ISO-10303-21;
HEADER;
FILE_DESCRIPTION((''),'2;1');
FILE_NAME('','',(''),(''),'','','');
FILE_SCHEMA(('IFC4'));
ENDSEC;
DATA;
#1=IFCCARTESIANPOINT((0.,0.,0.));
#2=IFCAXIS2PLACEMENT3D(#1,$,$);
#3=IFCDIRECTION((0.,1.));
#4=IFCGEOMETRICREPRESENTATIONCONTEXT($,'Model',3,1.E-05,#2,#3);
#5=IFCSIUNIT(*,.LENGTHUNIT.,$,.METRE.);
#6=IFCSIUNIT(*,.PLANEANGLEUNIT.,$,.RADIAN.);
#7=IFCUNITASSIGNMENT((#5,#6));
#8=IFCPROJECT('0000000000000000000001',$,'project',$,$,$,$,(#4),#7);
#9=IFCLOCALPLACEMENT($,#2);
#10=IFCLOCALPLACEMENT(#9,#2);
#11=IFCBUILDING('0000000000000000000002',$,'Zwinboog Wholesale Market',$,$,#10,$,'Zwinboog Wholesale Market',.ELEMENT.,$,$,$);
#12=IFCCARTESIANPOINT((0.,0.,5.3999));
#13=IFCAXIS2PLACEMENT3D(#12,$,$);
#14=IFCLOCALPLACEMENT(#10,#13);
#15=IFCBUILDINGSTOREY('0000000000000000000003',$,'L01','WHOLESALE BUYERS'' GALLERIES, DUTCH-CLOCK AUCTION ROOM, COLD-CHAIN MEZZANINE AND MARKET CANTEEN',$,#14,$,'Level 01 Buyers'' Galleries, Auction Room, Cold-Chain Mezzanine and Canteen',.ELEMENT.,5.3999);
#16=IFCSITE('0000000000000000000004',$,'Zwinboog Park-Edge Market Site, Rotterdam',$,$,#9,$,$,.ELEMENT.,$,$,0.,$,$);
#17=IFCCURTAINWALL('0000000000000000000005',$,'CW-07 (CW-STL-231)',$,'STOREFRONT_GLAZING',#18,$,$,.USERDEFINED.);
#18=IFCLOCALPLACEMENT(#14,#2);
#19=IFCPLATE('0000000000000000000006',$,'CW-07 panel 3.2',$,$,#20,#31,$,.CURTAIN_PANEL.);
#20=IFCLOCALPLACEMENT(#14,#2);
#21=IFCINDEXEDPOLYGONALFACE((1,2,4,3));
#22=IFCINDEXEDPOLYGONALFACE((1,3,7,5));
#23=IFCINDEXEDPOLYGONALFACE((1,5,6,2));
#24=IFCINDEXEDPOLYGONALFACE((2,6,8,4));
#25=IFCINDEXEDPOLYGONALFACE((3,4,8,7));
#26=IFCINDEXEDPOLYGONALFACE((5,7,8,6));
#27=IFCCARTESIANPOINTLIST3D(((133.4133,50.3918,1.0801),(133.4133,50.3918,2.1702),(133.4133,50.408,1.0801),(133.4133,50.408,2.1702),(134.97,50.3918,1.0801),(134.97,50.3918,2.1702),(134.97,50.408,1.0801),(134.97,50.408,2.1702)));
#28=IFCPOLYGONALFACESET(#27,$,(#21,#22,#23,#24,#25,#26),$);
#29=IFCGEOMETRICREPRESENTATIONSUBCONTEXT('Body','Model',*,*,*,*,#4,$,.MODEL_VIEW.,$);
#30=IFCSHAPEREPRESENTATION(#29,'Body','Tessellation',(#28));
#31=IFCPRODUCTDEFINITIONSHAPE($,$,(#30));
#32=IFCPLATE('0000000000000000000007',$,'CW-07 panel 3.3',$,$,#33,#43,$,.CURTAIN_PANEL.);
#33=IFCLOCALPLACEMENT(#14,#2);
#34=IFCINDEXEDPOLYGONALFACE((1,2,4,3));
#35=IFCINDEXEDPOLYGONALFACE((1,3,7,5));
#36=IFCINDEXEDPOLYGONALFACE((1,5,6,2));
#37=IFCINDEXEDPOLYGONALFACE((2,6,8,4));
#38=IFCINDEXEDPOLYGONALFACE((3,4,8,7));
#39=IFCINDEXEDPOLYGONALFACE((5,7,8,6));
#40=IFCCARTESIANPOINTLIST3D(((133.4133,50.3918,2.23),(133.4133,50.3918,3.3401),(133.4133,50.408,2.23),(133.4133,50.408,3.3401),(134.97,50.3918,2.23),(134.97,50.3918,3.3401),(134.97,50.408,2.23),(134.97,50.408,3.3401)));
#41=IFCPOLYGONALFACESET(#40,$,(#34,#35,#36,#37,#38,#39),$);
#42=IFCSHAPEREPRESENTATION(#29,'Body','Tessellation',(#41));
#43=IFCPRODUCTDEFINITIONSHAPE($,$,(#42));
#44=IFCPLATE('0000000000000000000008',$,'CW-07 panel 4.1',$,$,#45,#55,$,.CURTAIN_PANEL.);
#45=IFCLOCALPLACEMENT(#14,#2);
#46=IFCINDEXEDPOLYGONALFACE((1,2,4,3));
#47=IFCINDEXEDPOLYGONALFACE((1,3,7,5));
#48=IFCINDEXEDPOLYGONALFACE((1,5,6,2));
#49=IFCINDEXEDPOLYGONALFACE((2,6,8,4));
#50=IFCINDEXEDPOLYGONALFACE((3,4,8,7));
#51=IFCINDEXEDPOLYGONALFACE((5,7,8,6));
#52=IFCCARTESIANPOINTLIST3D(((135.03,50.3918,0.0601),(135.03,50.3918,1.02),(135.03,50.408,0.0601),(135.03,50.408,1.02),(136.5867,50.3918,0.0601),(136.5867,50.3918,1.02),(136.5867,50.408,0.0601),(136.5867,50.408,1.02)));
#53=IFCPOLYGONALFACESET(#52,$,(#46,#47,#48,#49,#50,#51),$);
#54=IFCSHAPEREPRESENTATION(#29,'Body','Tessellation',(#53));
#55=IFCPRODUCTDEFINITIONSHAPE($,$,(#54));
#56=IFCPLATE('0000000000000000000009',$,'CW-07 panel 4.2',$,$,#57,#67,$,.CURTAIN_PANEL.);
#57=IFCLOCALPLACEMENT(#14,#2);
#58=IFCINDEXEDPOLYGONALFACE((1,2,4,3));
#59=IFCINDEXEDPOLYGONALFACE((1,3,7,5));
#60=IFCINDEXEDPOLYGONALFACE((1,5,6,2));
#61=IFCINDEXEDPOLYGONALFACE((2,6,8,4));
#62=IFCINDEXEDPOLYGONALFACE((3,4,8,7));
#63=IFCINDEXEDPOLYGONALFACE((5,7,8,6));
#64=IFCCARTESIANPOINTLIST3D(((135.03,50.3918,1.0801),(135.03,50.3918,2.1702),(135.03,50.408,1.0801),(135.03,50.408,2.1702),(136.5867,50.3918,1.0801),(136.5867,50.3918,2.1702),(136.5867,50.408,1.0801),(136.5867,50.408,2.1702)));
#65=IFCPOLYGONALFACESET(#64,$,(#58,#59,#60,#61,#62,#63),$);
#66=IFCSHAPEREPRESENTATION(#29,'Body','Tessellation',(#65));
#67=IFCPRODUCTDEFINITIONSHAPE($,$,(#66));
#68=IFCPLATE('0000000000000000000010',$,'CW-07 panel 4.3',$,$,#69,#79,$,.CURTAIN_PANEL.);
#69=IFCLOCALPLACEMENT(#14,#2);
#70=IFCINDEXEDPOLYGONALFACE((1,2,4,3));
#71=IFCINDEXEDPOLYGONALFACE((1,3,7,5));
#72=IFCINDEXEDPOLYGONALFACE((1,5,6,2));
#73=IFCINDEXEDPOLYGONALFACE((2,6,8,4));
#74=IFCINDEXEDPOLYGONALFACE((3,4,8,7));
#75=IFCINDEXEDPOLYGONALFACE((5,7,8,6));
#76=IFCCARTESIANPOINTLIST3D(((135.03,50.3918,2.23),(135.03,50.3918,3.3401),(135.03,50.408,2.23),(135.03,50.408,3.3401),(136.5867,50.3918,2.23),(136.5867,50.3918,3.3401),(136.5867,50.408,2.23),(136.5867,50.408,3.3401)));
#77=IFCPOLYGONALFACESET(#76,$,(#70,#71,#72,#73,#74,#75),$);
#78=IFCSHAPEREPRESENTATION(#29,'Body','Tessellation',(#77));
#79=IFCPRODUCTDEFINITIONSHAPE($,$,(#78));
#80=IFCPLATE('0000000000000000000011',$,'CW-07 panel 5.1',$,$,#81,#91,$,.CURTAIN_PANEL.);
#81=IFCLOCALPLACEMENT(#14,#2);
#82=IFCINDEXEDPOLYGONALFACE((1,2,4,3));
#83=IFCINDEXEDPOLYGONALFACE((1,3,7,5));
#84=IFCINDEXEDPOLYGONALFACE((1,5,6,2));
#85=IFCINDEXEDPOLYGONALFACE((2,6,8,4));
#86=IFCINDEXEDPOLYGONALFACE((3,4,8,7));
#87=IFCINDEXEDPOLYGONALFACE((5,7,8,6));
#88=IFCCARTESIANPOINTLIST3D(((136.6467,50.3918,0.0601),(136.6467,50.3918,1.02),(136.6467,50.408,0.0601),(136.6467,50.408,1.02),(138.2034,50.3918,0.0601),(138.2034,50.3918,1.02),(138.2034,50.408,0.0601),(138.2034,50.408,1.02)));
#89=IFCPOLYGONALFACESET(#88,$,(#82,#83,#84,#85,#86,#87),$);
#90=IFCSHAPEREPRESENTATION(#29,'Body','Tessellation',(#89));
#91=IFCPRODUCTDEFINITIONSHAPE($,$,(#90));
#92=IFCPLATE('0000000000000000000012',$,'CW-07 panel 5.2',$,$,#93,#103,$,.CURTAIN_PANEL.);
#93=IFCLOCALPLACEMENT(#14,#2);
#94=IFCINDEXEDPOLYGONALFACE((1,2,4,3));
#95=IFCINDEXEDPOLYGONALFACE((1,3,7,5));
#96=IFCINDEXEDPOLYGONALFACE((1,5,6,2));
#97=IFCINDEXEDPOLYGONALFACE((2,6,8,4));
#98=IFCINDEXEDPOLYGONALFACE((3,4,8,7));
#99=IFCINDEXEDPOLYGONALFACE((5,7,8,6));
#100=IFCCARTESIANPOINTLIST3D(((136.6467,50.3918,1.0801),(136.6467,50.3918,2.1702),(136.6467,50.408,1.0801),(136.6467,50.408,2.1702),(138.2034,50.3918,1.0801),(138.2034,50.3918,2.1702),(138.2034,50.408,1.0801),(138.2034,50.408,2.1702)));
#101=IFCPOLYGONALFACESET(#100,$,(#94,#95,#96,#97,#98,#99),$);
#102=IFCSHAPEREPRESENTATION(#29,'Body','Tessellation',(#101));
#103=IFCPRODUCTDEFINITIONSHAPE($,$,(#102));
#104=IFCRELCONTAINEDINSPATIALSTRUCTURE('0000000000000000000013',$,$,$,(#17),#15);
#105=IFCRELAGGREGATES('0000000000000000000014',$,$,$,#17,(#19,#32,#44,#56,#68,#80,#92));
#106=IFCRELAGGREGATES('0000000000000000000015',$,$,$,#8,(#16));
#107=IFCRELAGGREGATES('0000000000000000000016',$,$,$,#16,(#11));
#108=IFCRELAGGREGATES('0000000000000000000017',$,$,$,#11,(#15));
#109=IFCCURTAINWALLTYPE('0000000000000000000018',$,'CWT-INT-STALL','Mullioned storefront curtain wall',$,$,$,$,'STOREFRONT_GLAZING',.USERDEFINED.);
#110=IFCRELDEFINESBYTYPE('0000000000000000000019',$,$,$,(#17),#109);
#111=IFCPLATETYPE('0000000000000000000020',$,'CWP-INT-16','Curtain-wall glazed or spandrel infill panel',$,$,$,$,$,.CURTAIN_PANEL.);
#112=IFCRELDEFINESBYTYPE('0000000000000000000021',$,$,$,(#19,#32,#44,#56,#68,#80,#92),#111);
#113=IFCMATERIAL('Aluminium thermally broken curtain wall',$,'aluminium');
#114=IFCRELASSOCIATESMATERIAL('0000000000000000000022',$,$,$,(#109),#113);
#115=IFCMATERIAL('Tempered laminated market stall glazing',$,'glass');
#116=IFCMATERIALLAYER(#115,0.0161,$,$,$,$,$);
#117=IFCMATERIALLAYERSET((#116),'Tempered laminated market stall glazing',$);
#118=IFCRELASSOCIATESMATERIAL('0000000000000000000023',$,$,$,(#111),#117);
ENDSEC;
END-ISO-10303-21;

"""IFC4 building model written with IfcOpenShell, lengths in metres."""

from ifc_helpers import new_model, si_unit, direction, frame, origin, origin_2d, place, context, subcontext, project, spatial, rectangle, extrude, material, layer, layer_set, type_object, element, aggregate, save


model = new_model("IFC4")

# Units and contexts
model_context = context("Model", 3, precision=1e-05, world=origin(), true_north=direction((0.0, 1.0)))
body_context = subcontext(model_context, "Body", "Model", "MODEL_VIEW")
ifc_project = project(units=[si_unit("LENGTHUNIT", "METRE"), si_unit("PLANEANGLEUNIT", "RADIAN")], contexts=[model_context])

# Site, building, storey
site_placement = place(None, origin())
site = spatial("IfcSite", under=ifc_project, at=site_placement, Name="Zwinboog Park-Edge Market Site, Rotterdam", CompositionType="ELEMENT", RefElevation=0.0)
building_placement = place(site_placement, origin())
building = spatial("IfcBuilding", under=site, at=building_placement, Name="Zwinboog Wholesale Market", LongName="Zwinboog Wholesale Market", CompositionType="ELEMENT")
storey_placement = place(building_placement, frame((0.0, 0.0, 5.3999)))
storey = spatial("IfcBuildingStorey", under=building, at=storey_placement, Name="L01", Description="WHOLESALE BUYERS' GALLERIES, DUTCH-CLOCK AUCTION ROOM, COLD-CHAIN MEZZANINE AND MARKET CANTEEN", LongName="Level 01 Buyers' Galleries, Auction Room, Cold-Chain Mezzanine and Canteen", CompositionType="ELEMENT", Elevation=5.3999)

# Curtain wall, plates
ifc_material_1 = material(Name="Aluminium thermally broken curtain wall", Category="aluminium")
curtain_wall_type = type_object("IfcCurtainWallType", Name="CWT-INT-STALL", Description="Mullioned storefront curtain wall", ElementType="STOREFRONT_GLAZING", PredefinedType="USERDEFINED", material=ifc_material_1)
curtain_wall_placement = place(storey_placement, origin())
curtain_wall = element("IfcCurtainWall", 1, at=curtain_wall_placement, inside=storey, type_object=curtain_wall_type, Name="CW-07 (CW-STL-231)", ObjectType="STOREFRONT_GLAZING", PredefinedType="USERDEFINED")
ifc_material_2 = material(Name="Tempered laminated market stall glazing", Category="glass")
ifc_layer = layer(ifc_material_2, 0.0161)
ifc_layer_set = layer_set([ifc_layer], Name="Tempered laminated market stall glazing")
plate_type = type_object("IfcPlateType", Name="CWP-INT-16", Description="Curtain-wall glazed or spandrel infill panel", PredefinedType="CURTAIN_PANEL", material=ifc_layer_set)
plate_1_placement = place(storey_placement, frame((134.1917, 50.3999, 1.0801), z_axis=(0.0, 0.0, 1.0), x_axis=(1.0, 0.0, 0.0)))
plate_1 = element("IfcPlate", 2, at=plate_1_placement, type_object=plate_type, Name="CW-07 panel 3.2", PredefinedType="CURTAIN_PANEL", context=body_context, shape_type="SweptSolid", body=[
    extrude(rectangle(XDim=1.5566, YDim=0.0161, at=origin_2d()), origin(), (0.0, 0.0, 1.0), 1.0901),
])
plate_2_placement = place(storey_placement, frame((134.1917, 50.3999, 2.23), z_axis=(0.0, 0.0, 1.0), x_axis=(1.0, 0.0, 0.0)))
plate_2 = element("IfcPlate", 3, at=plate_2_placement, type_object=plate_type, Name="CW-07 panel 3.3", PredefinedType="CURTAIN_PANEL", context=body_context, shape_type="SweptSolid", body=[
    extrude(rectangle(XDim=1.5566, YDim=0.0161, at=origin_2d()), origin(), (0.0, 0.0, 1.0), 1.1101),
])
plate_3_placement = place(storey_placement, frame((135.8083, 50.3999, 0.0601), z_axis=(0.0, 0.0, 1.0), x_axis=(1.0, 0.0, 0.0)))
plate_3 = element("IfcPlate", 4, at=plate_3_placement, type_object=plate_type, Name="CW-07 panel 4.1", PredefinedType="CURTAIN_PANEL", context=body_context, shape_type="SweptSolid", body=[
    extrude(rectangle(XDim=1.5566, YDim=0.0161, at=origin_2d()), origin(), (0.0, 0.0, 1.0), 0.96),
])
plate_4_placement = place(storey_placement, frame((135.8083, 50.3999, 1.0801), z_axis=(0.0, 0.0, 1.0), x_axis=(1.0, 0.0, 0.0)))
plate_4 = element("IfcPlate", 5, at=plate_4_placement, type_object=plate_type, Name="CW-07 panel 4.2", PredefinedType="CURTAIN_PANEL", context=body_context, shape_type="SweptSolid", body=[
    extrude(rectangle(XDim=1.5566, YDim=0.0161, at=origin_2d()), origin(), (0.0, 0.0, 1.0), 1.0901),
])
plate_5_placement = place(storey_placement, frame((135.8083, 50.3999, 2.23), z_axis=(0.0, 0.0, 1.0), x_axis=(1.0, 0.0, 0.0)))
plate_5 = element("IfcPlate", 6, at=plate_5_placement, type_object=plate_type, Name="CW-07 panel 4.3", PredefinedType="CURTAIN_PANEL", context=body_context, shape_type="SweptSolid", body=[
    extrude(rectangle(XDim=1.5566, YDim=0.0161, at=origin_2d()), origin(), (0.0, 0.0, 1.0), 1.1101),
])
plate_6_placement = place(storey_placement, frame((137.425, 50.3999, 0.0601), z_axis=(0.0, 0.0, 1.0), x_axis=(1.0, 0.0, 0.0)))
plate_6 = element("IfcPlate", 7, at=plate_6_placement, type_object=plate_type, Name="CW-07 panel 5.1", PredefinedType="CURTAIN_PANEL", context=body_context, shape_type="SweptSolid", body=[
    extrude(rectangle(XDim=1.5566, YDim=0.0161, at=origin_2d()), origin(), (0.0, 0.0, 1.0), 0.96),
])
plate_7_placement = place(storey_placement, frame((137.425, 50.3999, 1.0801), z_axis=(0.0, 0.0, 1.0), x_axis=(1.0, 0.0, 0.0)))
plate_7 = element("IfcPlate", 8, at=plate_7_placement, type_object=plate_type, Name="CW-07 panel 5.2", PredefinedType="CURTAIN_PANEL", context=body_context, shape_type="SweptSolid", body=[
    extrude(rectangle(XDim=1.5566, YDim=0.0161, at=origin_2d()), origin(), (0.0, 0.0, 1.0), 1.0901),
])
aggregate(curtain_wall, [plate_1, plate_2, plate_3, plate_4, plate_5, plate_6, plate_7])

save(model, "model.ifc")
